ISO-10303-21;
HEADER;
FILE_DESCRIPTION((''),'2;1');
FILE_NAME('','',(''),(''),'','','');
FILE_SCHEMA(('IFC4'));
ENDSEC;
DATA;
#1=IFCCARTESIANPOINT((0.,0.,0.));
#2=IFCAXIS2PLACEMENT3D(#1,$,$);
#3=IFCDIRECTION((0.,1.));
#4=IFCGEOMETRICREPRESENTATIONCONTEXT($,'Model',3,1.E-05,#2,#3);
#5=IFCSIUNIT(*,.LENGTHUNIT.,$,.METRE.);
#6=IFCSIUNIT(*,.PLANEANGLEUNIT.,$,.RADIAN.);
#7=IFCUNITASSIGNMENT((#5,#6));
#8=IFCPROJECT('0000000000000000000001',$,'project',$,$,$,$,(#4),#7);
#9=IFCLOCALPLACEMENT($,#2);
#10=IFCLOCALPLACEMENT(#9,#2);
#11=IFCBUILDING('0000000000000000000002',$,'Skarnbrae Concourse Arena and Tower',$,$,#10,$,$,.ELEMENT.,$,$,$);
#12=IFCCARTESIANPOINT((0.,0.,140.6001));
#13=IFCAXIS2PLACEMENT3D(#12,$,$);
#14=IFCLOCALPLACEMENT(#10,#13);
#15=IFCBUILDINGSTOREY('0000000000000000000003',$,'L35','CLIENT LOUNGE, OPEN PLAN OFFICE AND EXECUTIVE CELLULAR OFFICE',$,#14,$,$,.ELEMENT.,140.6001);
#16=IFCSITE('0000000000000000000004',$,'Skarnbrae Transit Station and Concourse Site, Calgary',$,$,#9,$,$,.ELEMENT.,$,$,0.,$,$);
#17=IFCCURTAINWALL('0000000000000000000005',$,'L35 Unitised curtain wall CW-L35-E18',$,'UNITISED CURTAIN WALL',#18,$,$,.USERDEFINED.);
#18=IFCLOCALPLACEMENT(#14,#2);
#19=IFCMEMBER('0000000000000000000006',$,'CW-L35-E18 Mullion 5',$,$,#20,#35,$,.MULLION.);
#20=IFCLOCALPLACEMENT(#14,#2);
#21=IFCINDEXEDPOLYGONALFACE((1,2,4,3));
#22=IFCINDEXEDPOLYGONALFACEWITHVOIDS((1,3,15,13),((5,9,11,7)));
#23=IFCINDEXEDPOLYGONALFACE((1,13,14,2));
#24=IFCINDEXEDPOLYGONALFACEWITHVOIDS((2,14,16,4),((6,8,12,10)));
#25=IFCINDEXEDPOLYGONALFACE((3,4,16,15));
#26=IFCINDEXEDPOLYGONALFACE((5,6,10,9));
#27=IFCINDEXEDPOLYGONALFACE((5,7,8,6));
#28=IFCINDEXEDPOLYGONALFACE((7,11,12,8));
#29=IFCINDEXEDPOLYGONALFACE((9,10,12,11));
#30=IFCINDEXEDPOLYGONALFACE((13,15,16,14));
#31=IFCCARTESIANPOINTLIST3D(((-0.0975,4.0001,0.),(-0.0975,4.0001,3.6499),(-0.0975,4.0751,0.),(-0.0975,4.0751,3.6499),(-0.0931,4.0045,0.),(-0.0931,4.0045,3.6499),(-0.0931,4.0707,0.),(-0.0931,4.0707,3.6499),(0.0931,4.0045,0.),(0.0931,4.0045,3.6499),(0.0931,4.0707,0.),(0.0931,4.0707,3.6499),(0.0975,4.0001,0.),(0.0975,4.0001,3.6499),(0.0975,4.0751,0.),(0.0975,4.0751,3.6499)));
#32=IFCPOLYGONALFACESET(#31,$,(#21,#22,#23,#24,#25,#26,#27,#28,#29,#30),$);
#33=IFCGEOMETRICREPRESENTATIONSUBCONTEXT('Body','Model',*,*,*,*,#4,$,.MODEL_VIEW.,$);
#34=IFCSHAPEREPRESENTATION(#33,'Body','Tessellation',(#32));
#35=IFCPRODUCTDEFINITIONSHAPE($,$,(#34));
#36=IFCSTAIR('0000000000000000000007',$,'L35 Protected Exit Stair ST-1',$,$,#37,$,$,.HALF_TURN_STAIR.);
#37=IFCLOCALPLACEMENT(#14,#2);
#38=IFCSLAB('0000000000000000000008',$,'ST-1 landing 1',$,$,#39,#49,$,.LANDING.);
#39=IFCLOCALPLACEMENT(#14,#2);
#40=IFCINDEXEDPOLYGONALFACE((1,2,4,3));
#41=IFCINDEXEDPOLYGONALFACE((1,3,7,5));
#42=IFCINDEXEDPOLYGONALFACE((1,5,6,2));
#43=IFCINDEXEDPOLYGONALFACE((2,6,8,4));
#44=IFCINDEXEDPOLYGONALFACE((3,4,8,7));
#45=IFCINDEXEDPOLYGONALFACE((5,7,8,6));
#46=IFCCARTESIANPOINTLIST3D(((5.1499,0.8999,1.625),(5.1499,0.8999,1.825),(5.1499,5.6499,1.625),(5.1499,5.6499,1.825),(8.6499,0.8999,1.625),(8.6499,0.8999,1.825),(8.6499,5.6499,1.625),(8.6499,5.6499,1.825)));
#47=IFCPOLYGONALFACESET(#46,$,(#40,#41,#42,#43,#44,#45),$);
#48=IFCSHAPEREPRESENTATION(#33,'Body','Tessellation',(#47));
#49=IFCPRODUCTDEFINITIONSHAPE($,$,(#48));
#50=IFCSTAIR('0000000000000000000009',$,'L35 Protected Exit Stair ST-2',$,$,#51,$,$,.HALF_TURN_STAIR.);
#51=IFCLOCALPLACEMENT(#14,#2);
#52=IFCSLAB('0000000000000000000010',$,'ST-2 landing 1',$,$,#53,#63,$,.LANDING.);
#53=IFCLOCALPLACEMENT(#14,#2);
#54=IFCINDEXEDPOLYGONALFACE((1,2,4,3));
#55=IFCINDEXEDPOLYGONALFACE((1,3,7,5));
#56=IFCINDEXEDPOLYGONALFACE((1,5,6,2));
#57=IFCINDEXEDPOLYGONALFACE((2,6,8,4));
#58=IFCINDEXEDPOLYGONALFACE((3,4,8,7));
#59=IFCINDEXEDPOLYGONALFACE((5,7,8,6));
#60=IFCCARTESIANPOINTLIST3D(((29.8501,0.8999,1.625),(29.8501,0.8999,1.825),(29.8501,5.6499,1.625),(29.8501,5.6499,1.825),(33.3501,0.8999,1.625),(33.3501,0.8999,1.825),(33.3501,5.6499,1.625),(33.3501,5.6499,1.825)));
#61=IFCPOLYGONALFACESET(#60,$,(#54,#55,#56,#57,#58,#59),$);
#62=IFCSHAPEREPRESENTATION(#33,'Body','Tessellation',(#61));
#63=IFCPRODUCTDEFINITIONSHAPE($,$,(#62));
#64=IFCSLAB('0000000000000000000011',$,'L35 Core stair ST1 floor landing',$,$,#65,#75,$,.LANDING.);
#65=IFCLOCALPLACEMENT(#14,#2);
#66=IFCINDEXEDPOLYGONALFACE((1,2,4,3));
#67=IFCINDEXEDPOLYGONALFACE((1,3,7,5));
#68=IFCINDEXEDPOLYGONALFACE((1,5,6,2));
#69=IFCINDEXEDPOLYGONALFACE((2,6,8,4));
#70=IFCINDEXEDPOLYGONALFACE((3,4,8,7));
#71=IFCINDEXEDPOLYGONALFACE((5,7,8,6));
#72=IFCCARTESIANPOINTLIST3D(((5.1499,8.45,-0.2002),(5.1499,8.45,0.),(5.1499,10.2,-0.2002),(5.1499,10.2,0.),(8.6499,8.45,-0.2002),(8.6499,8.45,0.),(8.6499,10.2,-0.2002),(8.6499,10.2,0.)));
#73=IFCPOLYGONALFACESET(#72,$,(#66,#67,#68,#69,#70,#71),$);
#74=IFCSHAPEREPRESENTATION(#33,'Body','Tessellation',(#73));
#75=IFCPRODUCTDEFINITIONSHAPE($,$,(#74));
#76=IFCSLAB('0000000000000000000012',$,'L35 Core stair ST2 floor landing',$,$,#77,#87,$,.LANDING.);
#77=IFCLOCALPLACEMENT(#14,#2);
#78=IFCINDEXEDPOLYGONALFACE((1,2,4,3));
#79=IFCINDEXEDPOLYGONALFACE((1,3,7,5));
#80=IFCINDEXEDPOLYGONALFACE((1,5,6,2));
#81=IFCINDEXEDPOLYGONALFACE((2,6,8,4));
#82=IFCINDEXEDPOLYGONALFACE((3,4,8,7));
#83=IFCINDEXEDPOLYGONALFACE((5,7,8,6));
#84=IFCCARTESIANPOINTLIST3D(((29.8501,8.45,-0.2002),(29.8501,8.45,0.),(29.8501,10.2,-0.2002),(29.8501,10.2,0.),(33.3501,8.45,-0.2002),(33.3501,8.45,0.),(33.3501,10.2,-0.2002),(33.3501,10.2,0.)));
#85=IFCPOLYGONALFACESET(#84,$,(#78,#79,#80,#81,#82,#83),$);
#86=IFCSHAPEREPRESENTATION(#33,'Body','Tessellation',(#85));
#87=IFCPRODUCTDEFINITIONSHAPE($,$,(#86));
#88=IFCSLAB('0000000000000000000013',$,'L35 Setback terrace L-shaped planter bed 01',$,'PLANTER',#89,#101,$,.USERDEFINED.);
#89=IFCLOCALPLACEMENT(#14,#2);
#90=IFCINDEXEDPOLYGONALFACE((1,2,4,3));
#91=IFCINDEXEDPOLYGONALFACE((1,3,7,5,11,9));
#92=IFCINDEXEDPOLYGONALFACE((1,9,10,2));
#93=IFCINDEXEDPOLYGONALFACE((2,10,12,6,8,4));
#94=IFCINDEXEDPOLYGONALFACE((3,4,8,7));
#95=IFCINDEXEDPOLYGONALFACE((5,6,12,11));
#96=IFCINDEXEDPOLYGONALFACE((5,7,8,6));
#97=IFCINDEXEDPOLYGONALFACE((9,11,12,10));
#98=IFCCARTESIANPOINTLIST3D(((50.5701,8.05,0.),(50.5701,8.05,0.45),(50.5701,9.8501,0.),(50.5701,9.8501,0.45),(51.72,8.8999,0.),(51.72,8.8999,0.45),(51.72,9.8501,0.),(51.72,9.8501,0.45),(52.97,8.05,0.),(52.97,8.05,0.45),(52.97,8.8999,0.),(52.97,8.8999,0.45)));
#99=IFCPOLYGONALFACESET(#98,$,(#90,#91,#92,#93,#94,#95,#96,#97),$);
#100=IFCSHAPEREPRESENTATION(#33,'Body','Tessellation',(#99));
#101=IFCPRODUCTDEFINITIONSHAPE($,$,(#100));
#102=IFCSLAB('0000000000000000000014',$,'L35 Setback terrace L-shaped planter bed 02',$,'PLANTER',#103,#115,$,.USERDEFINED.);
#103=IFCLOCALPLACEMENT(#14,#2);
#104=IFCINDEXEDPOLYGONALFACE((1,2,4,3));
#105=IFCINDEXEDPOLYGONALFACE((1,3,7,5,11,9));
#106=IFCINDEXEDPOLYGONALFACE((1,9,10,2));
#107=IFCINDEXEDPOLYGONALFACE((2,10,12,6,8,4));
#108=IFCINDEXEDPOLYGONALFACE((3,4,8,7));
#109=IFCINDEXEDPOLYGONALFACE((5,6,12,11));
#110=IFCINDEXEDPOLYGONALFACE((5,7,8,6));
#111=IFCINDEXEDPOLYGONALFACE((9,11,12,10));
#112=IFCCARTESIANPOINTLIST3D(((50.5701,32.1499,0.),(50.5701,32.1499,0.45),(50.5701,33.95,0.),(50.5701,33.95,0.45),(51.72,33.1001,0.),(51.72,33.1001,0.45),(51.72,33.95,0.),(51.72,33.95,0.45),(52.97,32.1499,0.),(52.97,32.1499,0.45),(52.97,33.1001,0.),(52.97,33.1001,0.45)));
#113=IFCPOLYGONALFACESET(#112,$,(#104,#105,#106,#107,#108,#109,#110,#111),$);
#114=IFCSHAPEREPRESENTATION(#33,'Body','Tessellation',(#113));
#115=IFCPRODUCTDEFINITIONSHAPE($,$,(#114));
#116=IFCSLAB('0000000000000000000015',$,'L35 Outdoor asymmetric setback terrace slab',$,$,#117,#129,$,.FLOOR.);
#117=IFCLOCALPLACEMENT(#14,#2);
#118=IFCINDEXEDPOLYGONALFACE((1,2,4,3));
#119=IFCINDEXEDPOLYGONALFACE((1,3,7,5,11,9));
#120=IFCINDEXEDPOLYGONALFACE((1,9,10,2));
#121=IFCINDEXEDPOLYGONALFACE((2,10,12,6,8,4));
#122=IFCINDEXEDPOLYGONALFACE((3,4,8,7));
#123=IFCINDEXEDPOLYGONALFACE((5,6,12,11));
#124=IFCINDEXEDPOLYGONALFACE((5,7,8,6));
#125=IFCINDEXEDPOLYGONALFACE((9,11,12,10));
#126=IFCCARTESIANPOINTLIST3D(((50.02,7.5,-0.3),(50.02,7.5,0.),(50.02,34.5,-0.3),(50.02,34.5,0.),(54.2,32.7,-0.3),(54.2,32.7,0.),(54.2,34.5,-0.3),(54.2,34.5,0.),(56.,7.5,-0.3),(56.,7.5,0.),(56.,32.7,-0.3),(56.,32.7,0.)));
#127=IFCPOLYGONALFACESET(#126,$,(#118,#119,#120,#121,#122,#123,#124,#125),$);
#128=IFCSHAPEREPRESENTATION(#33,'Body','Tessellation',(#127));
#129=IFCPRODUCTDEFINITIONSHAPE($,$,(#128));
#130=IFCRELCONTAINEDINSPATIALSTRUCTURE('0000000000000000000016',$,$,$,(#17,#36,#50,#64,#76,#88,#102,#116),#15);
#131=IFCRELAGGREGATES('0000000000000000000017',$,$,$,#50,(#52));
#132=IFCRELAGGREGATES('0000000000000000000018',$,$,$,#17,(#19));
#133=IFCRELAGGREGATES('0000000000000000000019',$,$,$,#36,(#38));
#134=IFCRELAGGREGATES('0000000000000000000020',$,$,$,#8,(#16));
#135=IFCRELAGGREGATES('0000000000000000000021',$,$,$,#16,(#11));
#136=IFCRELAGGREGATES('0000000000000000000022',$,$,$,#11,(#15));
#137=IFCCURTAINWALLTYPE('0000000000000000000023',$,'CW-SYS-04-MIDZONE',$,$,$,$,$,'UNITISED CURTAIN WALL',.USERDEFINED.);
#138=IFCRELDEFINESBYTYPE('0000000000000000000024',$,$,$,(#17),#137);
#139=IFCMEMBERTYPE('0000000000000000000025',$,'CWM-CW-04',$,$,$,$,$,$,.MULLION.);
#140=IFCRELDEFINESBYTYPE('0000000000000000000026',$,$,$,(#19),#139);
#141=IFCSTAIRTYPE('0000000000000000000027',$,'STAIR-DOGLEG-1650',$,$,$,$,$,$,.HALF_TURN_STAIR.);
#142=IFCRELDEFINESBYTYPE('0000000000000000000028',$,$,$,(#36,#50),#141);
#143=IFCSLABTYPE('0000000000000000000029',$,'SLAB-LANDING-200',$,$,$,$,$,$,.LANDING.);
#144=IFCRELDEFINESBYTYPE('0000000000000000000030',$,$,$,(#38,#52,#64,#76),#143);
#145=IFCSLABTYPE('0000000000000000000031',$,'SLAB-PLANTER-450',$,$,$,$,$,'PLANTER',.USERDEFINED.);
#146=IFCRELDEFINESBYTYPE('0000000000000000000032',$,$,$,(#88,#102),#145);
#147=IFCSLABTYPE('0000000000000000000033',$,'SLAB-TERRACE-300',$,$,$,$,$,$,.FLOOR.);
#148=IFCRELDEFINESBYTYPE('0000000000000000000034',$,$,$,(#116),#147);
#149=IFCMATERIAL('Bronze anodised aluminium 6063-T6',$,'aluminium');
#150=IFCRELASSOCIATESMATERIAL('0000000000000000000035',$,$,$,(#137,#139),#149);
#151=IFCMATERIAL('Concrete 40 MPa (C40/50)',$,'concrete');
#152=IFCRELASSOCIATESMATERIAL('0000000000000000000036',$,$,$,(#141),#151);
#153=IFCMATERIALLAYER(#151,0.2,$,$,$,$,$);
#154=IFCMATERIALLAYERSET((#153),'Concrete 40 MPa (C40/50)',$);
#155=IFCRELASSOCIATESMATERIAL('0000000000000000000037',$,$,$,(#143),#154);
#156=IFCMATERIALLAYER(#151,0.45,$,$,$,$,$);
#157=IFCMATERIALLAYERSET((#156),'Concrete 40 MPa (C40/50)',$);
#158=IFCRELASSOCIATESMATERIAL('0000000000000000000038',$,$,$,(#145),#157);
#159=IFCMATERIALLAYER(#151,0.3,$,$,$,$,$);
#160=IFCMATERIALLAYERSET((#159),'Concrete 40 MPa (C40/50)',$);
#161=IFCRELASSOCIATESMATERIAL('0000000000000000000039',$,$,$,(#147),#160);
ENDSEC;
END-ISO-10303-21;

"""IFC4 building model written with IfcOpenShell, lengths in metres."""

from ifc_helpers import new_model, si_unit, direction, frame, origin, origin_2d, place, context, subcontext, project, spatial, polyline, hollow_rectangle, outline, extrude, source, transform, mapped, material, layer, layer_set, material_profile, profile_set, type_object, element, aggregate, save


model = new_model("IFC4")

# Units and contexts
model_context = context("Model", 3, precision=1e-05, world=origin(), true_north=direction((0.0, 1.0)))
body_context = subcontext(model_context, "Body", "Model", "MODEL_VIEW")
ifc_project = project(units=[si_unit("LENGTHUNIT", "METRE"), si_unit("PLANEANGLEUNIT", "RADIAN")], contexts=[model_context])

# Site, building, storey
site_placement = place(None, origin())
site = spatial("IfcSite", under=ifc_project, at=site_placement, Name="Skarnbrae Transit Station and Concourse Site, Calgary", CompositionType="ELEMENT", RefElevation=0.0)
building_placement = place(site_placement, origin())
building = spatial("IfcBuilding", under=site, at=building_placement, Name="Skarnbrae Concourse Arena and Tower", CompositionType="ELEMENT")
storey_placement = place(building_placement, frame((0.0, 0.0, 140.6001)))
storey = spatial("IfcBuildingStorey", under=building, at=storey_placement, Name="L35", Description="CLIENT LOUNGE, OPEN PLAN OFFICE AND EXECUTIVE CELLULAR OFFICE", CompositionType="ELEMENT", Elevation=140.6001)

# Curtain wall, member
ifc_material_1 = material(Name="Bronze anodised aluminium 6063-T6", Category="aluminium")
curtain_wall_type = type_object("IfcCurtainWallType", Name="CW-SYS-04-MIDZONE", ElementType="UNITISED CURTAIN WALL", PredefinedType="USERDEFINED", material=ifc_material_1)
curtain_wall_placement = place(storey_placement, origin())
curtain_wall = element("IfcCurtainWall", 1, at=curtain_wall_placement, inside=storey, type_object=curtain_wall_type, Name="L35 Unitised curtain wall CW-L35-E18", ObjectType="UNITISED CURTAIN WALL", PredefinedType="USERDEFINED")
ifc_material_profile = material_profile(ifc_material_1, hollow_rectangle(XDim=0.075, YDim=0.1951, WallThickness=0.0044, at=origin_2d()), Name="ALU-MULL-75X195")
ifc_profile_set = profile_set([ifc_material_profile], Name="Bronze anodised aluminium 6063-T6")
member_type = type_object("IfcMemberType", Name="CWM-CW-04", PredefinedType="MULLION", material=ifc_profile_set)
shared_shape_1 = source(origin(), body_context, "Body", "SweptSolid", [
    extrude(hollow_rectangle(XDim=0.075, YDim=0.1951, WallThickness=0.0044, at=origin_2d()), origin(), (0.0, 0.0, 1.0), 3.6499),
])
member_placement = place(storey_placement, frame((0.0, 4.0376, 0.0), z_axis=(0.0, 0.0, 1.0), x_axis=(0.0, -1.0, 0.0)))
member = element("IfcMember", 2, at=member_placement, type_object=member_type, Name="CW-L35-E18 Mullion 5", PredefinedType="MULLION", context=body_context, shape_type="MappedRepresentation", body=[
    mapped(shared_shape_1, transform((0.0, 0.0, 0.0))),
])

# Stairs, slabs
ifc_material_2 = material(Name="Concrete 40 MPa (C40/50)", Category="concrete")
stair_type = type_object("IfcStairType", Name="STAIR-DOGLEG-1650", PredefinedType="HALF_TURN_STAIR", material=ifc_material_2)
stair_1_placement = place(storey_placement, origin())
stair_1 = element("IfcStair", 3, at=stair_1_placement, inside=storey, type_object=stair_type, Name="L35 Protected Exit Stair ST-1", PredefinedType="HALF_TURN_STAIR")
ifc_layer_1 = layer(ifc_material_2, 0.2)
ifc_layer_set_1 = layer_set([ifc_layer_1], Name="Concrete 40 MPa (C40/50)")
slab_type_1 = type_object("IfcSlabType", Name="SLAB-LANDING-200", PredefinedType="LANDING", material=ifc_layer_set_1)
slab_1_placement = place(storey_placement, frame((0.0, 0.0, 1.625)))
slab_1 = element("IfcSlab", 4, at=slab_1_placement, type_object=slab_type_1, Name="ST-1 landing 1", PredefinedType="LANDING", context=body_context, shape_type="SweptSolid", body=[
    extrude(outline(polyline([(5.1499, 5.6499), (5.1499, 0.8999), (8.6499, 0.8999), (8.6499, 5.6499), (5.1499, 5.6499)])), origin(), (0.0, 0.0, 1.0), 0.2),
])
stair_2_placement = place(storey_placement, origin())
stair_2 = element("IfcStair", 5, at=stair_2_placement, inside=storey, type_object=stair_type, Name="L35 Protected Exit Stair ST-2", PredefinedType="HALF_TURN_STAIR")
slab_2_placement = place(storey_placement, frame((0.0, 0.0, 1.625)))
slab_2 = element("IfcSlab", 6, at=slab_2_placement, type_object=slab_type_1, Name="ST-2 landing 1", PredefinedType="LANDING", context=body_context, shape_type="SweptSolid", body=[
    extrude(outline(polyline([(29.8501, 5.6499), (29.8501, 0.8999), (33.3501, 0.8999), (33.3501, 5.6499), (29.8501, 5.6499)])), origin(), (0.0, 0.0, 1.0), 0.2),
])
aggregate(stair_2, [slab_2])

# Slabs
slab_3_placement = place(storey_placement, frame((0.0, 0.0, -0.2002)))
element("IfcSlab", 7, at=slab_3_placement, inside=storey, type_object=slab_type_1, Name="L35 Core stair ST1 floor landing", PredefinedType="LANDING", context=body_context, shape_type="SweptSolid", body=[
    extrude(outline(polyline([(5.1499, 10.2), (5.1499, 8.45), (8.6499, 8.45), (8.6499, 10.2), (5.1499, 10.2)])), origin(), (0.0, 0.0, 1.0), 0.2002),
])
slab_4_placement = place(storey_placement, frame((0.0, 0.0, -0.2002)))
element("IfcSlab", 8, at=slab_4_placement, inside=storey, type_object=slab_type_1, Name="L35 Core stair ST2 floor landing", PredefinedType="LANDING", context=body_context, shape_type="SweptSolid", body=[
    extrude(outline(polyline([(29.8501, 10.2), (29.8501, 8.45), (33.3501, 8.45), (33.3501, 10.2), (29.8501, 10.2)])), origin(), (0.0, 0.0, 1.0), 0.2002),
])
ifc_layer_2 = layer(ifc_material_2, 0.45)
ifc_layer_set_2 = layer_set([ifc_layer_2], Name="Concrete 40 MPa (C40/50)")
slab_type_2 = type_object("IfcSlabType", Name="SLAB-PLANTER-450", ElementType="PLANTER", PredefinedType="USERDEFINED", material=ifc_layer_set_2)
slab_5_placement = place(storey_placement, origin())
element("IfcSlab", 9, at=slab_5_placement, inside=storey, type_object=slab_type_2, Name="L35 Setback terrace L-shaped planter bed 01", ObjectType="PLANTER", PredefinedType="USERDEFINED", context=body_context, shape_type="SweptSolid", body=[
    extrude(outline(polyline([(50.5701, 8.05), (52.97, 8.05), (52.97, 8.8999), (51.72, 8.8999), (51.72, 9.8501), (50.5701, 9.8501), (50.5701, 8.05)])), origin(), (0.0, 0.0, 1.0), 0.45),
])
slab_6_placement = place(storey_placement, origin())
element("IfcSlab", 10, at=slab_6_placement, inside=storey, type_object=slab_type_2, Name="L35 Setback terrace L-shaped planter bed 02", ObjectType="PLANTER", PredefinedType="USERDEFINED", context=body_context, shape_type="SweptSolid", body=[
    extrude(outline(polyline([(50.5701, 32.1499), (52.97, 32.1499), (52.97, 33.1001), (51.72, 33.1001), (51.72, 33.95), (50.5701, 33.95), (50.5701, 32.1499)])), origin(), (0.0, 0.0, 1.0), 0.45),
])
ifc_layer_3 = layer(ifc_material_2, 0.3)
ifc_layer_set_3 = layer_set([ifc_layer_3], Name="Concrete 40 MPa (C40/50)")
slab_type_3 = type_object("IfcSlabType", Name="SLAB-TERRACE-300", PredefinedType="FLOOR", material=ifc_layer_set_3)
slab_7_placement = place(storey_placement, frame((0.0, 0.0, -0.3)))
element("IfcSlab", 11, at=slab_7_placement, inside=storey, type_object=slab_type_3, Name="L35 Outdoor asymmetric setback terrace slab", PredefinedType="FLOOR", context=body_context, shape_type="SweptSolid", body=[
    extrude(outline(polyline([(50.02, 7.5), (56.0, 7.5), (56.0, 32.7), (54.2, 32.7), (54.2, 34.5), (50.02, 34.5), (50.02, 7.5)])), origin(), (0.0, 0.0, 1.0), 0.3),
])

aggregate(curtain_wall, [member])

aggregate(stair_1, [slab_1])

save(model, "model.ifc")
